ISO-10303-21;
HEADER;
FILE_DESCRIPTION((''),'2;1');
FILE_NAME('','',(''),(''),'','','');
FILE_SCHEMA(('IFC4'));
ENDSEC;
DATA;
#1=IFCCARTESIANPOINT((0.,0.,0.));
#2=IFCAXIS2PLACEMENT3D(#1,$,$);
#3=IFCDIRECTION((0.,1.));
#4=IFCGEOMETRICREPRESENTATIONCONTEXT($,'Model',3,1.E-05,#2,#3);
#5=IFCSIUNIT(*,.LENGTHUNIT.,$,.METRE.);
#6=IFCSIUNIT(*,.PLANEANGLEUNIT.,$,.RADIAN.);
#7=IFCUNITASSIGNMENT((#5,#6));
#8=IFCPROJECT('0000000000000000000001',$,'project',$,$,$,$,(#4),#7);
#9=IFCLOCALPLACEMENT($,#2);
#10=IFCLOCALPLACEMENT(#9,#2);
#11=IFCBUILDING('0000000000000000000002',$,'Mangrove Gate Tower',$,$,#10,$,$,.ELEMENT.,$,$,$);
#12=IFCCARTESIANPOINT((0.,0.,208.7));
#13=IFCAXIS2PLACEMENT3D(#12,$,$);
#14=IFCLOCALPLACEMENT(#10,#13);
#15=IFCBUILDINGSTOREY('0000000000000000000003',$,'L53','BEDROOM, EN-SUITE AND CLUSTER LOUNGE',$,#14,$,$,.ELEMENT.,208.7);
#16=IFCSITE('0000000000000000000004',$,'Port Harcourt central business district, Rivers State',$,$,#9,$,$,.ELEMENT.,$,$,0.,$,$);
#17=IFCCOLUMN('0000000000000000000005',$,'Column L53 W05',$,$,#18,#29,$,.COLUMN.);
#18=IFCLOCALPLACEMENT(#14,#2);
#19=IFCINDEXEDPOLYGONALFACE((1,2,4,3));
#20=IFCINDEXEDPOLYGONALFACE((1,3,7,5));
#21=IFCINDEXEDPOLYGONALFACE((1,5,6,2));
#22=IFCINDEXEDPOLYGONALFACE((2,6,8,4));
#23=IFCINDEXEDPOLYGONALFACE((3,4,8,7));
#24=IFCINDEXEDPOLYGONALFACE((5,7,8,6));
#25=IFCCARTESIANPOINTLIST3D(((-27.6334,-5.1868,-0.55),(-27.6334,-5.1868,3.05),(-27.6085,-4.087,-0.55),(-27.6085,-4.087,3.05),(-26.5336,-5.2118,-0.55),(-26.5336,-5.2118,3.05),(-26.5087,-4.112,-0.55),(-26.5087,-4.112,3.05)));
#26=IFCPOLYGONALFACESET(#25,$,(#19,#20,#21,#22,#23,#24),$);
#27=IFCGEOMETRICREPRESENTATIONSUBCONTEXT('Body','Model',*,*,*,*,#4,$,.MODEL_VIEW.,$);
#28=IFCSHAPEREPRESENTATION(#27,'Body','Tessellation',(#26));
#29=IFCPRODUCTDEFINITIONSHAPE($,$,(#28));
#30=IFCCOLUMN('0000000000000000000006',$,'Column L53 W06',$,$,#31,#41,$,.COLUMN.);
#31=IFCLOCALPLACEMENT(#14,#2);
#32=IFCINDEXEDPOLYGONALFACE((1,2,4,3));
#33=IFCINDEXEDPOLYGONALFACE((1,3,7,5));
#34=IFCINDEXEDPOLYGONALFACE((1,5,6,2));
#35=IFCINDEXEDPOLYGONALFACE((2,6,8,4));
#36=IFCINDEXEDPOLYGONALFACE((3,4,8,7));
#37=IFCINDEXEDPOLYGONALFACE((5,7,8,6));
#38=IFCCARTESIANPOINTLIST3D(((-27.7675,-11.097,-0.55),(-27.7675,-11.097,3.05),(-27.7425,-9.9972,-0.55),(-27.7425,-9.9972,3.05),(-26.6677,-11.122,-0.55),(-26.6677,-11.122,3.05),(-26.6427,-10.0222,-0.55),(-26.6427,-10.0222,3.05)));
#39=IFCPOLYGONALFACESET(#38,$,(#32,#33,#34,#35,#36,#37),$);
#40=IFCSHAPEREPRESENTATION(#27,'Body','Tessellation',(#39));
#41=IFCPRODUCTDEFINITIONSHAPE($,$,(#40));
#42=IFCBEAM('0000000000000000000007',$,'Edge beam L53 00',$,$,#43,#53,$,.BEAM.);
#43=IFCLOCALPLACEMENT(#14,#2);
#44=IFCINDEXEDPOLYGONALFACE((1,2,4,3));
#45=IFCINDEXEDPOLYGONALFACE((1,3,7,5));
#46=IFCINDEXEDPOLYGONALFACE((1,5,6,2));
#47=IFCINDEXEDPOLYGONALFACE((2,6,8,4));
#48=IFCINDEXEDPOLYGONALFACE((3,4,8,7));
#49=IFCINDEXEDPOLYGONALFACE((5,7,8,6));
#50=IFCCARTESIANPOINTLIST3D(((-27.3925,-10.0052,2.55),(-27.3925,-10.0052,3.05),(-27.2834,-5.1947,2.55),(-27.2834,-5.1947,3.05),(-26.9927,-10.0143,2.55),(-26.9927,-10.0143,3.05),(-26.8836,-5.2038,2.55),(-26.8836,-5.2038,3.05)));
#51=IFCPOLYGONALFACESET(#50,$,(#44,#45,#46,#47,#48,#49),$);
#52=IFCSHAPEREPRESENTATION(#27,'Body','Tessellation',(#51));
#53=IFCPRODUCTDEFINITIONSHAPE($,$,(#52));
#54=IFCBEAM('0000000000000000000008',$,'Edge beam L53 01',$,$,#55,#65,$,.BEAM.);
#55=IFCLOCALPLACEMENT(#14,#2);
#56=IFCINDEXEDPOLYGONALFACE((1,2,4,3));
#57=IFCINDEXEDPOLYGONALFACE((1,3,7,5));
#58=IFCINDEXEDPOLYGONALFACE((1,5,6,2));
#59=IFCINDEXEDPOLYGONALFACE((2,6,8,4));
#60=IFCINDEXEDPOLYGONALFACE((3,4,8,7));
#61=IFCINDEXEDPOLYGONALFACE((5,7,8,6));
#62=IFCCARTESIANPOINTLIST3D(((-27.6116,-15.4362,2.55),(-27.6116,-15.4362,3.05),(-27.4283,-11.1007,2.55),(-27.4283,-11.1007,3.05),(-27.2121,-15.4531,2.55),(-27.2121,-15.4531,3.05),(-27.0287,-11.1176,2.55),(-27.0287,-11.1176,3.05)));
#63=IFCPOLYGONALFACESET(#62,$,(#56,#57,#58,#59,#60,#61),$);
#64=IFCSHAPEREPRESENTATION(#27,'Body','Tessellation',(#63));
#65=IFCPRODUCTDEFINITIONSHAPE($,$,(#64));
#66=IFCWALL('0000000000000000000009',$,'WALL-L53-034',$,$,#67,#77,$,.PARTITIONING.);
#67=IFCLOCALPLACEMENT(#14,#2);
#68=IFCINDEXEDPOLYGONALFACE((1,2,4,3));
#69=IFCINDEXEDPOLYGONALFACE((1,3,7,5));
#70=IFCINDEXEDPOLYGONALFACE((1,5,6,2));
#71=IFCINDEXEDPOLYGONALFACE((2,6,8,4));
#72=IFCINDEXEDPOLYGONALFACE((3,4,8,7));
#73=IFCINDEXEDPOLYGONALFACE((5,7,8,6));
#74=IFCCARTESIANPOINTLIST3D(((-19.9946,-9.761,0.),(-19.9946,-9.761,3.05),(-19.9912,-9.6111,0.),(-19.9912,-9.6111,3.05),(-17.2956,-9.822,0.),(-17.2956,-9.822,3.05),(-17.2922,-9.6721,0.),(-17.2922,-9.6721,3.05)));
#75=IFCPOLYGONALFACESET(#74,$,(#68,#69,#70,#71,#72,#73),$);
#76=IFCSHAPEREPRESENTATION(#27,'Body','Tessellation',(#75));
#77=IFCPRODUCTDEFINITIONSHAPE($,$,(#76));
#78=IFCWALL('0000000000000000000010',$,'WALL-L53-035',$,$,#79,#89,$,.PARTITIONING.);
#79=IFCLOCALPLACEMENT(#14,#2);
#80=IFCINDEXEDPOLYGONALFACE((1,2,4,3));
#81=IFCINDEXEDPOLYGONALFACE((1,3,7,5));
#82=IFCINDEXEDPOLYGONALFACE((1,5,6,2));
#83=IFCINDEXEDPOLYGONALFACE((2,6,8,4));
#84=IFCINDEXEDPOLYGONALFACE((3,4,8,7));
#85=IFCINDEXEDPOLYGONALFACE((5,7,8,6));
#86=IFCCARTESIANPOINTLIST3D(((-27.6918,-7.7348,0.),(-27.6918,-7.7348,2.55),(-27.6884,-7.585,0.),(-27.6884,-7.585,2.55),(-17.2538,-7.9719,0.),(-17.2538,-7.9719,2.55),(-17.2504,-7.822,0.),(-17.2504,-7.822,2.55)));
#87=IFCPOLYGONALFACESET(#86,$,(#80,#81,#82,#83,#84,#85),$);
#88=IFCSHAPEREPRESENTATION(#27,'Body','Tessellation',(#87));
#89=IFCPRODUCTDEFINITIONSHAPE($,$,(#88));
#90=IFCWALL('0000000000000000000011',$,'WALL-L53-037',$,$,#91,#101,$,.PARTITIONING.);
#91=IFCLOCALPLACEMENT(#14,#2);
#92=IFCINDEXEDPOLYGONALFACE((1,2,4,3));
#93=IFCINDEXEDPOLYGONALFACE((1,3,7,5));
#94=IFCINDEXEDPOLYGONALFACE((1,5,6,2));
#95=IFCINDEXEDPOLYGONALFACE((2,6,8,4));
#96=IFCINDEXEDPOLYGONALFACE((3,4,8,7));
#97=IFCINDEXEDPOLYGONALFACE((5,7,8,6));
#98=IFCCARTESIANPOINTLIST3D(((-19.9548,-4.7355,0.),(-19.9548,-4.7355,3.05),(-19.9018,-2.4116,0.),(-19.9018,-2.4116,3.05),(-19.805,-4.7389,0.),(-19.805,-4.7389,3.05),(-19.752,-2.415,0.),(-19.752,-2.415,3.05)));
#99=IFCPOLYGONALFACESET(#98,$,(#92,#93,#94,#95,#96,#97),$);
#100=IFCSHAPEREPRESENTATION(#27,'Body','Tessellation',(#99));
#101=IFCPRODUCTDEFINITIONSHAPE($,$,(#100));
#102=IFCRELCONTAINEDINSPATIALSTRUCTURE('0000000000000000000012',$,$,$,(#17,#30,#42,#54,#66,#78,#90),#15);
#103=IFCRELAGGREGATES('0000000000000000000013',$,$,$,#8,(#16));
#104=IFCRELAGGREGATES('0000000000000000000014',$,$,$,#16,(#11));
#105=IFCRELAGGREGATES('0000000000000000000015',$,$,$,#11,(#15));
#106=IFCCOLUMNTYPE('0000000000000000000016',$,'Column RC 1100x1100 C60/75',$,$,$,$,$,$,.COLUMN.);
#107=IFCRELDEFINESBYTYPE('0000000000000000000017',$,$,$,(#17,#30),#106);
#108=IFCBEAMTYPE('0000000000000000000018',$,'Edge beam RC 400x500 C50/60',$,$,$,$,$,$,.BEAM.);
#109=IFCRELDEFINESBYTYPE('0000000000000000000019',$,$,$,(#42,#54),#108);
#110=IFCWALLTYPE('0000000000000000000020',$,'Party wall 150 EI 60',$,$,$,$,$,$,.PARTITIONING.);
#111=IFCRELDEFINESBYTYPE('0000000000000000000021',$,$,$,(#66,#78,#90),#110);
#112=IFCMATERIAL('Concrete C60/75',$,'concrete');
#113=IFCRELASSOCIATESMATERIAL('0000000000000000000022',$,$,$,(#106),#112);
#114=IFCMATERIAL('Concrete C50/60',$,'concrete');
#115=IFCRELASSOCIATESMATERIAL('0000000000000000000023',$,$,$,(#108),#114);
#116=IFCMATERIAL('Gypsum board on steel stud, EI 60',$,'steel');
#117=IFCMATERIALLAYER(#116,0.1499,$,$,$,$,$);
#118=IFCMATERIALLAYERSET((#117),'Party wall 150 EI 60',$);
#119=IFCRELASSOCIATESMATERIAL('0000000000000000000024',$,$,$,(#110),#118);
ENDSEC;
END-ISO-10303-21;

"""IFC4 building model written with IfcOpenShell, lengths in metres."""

from ifc_helpers import new_model, si_unit, direction, frame, frame_2d, origin, origin_2d, place, context, subcontext, project, spatial, rectangle, extrude, material, layer, layer_set, material_profile, profile_set, type_object, element, save


model = new_model("IFC4")

# Units and contexts
model_context = context("Model", 3, precision=1e-05, world=origin(), true_north=direction((0.0, 1.0)))
body_context = subcontext(model_context, "Body", "Model", "MODEL_VIEW")
ifc_project = project(units=[si_unit("LENGTHUNIT", "METRE"), si_unit("PLANEANGLEUNIT", "RADIAN")], contexts=[model_context])

# Site, building, storey
site_placement = place(None, origin())
site = spatial("IfcSite", under=ifc_project, at=site_placement, Name="Port Harcourt central business district, Rivers State", CompositionType="ELEMENT", RefElevation=0.0)
building_placement = place(site_placement, origin())
building = spatial("IfcBuilding", under=site, at=building_placement, Name="Mangrove Gate Tower", CompositionType="ELEMENT")
storey_placement = place(building_placement, frame((0.0, 0.0, 208.7)))
storey = spatial("IfcBuildingStorey", under=building, at=storey_placement, Name="L53", Description="BEDROOM, EN-SUITE AND CLUSTER LOUNGE", CompositionType="ELEMENT", Elevation=208.7)

# Columns
ifc_material_1 = material(Name="Concrete C60/75", Category="concrete")
ifc_material_profile_1 = material_profile(ifc_material_1, rectangle(XDim=1.1001, YDim=1.1001, at=origin_2d()))
ifc_profile_set_1 = profile_set([ifc_material_profile_1], Name="Concrete C60/75")
column_type = type_object("IfcColumnType", Name="Column RC 1100x1100 C60/75", PredefinedType="COLUMN", material=ifc_profile_set_1)
for number, where, z_axis, x_axis, name in (
    (1, (-27.071, -4.6494, -0.55), (0.0, 0.0, 1.0), (-0.022682, -0.999743, 0.0), "Column L53 W05"),
    (2, (-27.2051, -10.5596, -0.55), (0.0, 0.0, 1.0), (-0.02275, -0.999741, 0.0), "Column L53 W06"),
):
    element("IfcColumn", number, at=place(storey_placement, frame(where, z_axis=z_axis, x_axis=x_axis)), inside=storey, type_object=column_type, Name=name, PredefinedType="COLUMN", context=body_context, shape_type="SweptSolid", body=[
        extrude(rectangle(XDim=1.1001, YDim=1.1001, at=origin_2d()), origin(), (0.0, 0.0, 1.0), 3.6001),
    ])

# Beams
ifc_material_2 = material(Name="Concrete C50/60", Category="concrete")
ifc_material_profile_2 = material_profile(ifc_material_2, rectangle(XDim=0.3999, YDim=0.5, at=origin_2d()))
ifc_profile_set_2 = profile_set([ifc_material_profile_2], Name="Concrete C50/60")
beam_type = type_object("IfcBeamType", Name="Edge beam RC 400x500 C50/60", PredefinedType="BEAM", material=ifc_profile_set_2)
beam_1_placement = place(storey_placement, frame((-27.0835, -5.1992, 2.8), z_axis=(-0.02268, -0.999743, 0.0), x_axis=(0.999743, -0.02268, 0.0)))
element("IfcBeam", 3, at=beam_1_placement, inside=storey, type_object=beam_type, Name="Edge beam L53 00", PredefinedType="BEAM", context=body_context, shape_type="SweptSolid", body=[
    extrude(rectangle(XDim=0.3999, YDim=0.5, at=origin_2d()), origin(), (0.0, 0.0, 1.0), 4.8118),
])
beam_2_placement = place(storey_placement, frame((-27.2285, -11.1091, 2.8), z_axis=(-0.042253, -0.999107, 0.0), x_axis=(0.999107, -0.042253, 0.0)))
element("IfcBeam", 4, at=beam_2_placement, inside=storey, type_object=beam_type, Name="Edge beam L53 01", PredefinedType="BEAM", context=body_context, shape_type="SweptSolid", body=[
    extrude(rectangle(XDim=0.3999, YDim=0.5, at=origin_2d()), origin(), (0.0, 0.0, 1.0), 4.3394),
])

# Walls
ifc_material_3 = material(Name="Gypsum board on steel stud, EI 60", Category="steel")
ifc_layer = layer(ifc_material_3, 0.1499)
ifc_layer_set = layer_set([ifc_layer], Name="Party wall 150 EI 60")
wall_type = type_object("IfcWallType", Name="Party wall 150 EI 60", PredefinedType="PARTITIONING", material=ifc_layer_set)
wall_1_placement = place(storey_placement, frame((-19.9929, -9.686, 0.0), z_axis=(0.0, 0.0, 1.0), x_axis=(0.999744, -0.022608, 0.0)))
element("IfcWall", 5, at=wall_1_placement, inside=storey, type_object=wall_type, Name="WALL-L53-034", PredefinedType="PARTITIONING", context=body_context, shape_type="SweptSolid", body=[
    extrude(rectangle(XDim=2.6997, YDim=0.1499, at=frame_2d((1.3499, 0.0))), origin(), (0.0, 0.0, 1.0), 3.05),
])
wall_2_placement = place(storey_placement, frame((-27.6899, -7.6599, 0.0), z_axis=(0.0, 0.0, 1.0), x_axis=(0.999742, -0.022705, 0.0)))
element("IfcWall", 6, at=wall_2_placement, inside=storey, type_object=wall_type, Name="WALL-L53-035", PredefinedType="PARTITIONING", context=body_context, shape_type="SweptSolid", body=[
    extrude(rectangle(XDim=10.4407, YDim=0.1499, at=frame_2d((5.2202, 0.0))), origin(), (0.0, 0.0, 1.0), 2.55),
])
wall_3_placement = place(storey_placement, frame((-19.8799, -4.7371, 0.0), z_axis=(0.0, 0.0, 1.0), x_axis=(0.022791, 0.99974, 0.0)))
element("IfcWall", 7, at=wall_3_placement, inside=storey, type_object=wall_type, Name="WALL-L53-037", PredefinedType="PARTITIONING", context=body_context, shape_type="SweptSolid", body=[
    extrude(rectangle(XDim=2.3245, YDim=0.1499, at=frame_2d((1.1621, 0.0))), origin(), (0.0, 0.0, 1.0), 3.05),
])

save(model, "model.ifc")
